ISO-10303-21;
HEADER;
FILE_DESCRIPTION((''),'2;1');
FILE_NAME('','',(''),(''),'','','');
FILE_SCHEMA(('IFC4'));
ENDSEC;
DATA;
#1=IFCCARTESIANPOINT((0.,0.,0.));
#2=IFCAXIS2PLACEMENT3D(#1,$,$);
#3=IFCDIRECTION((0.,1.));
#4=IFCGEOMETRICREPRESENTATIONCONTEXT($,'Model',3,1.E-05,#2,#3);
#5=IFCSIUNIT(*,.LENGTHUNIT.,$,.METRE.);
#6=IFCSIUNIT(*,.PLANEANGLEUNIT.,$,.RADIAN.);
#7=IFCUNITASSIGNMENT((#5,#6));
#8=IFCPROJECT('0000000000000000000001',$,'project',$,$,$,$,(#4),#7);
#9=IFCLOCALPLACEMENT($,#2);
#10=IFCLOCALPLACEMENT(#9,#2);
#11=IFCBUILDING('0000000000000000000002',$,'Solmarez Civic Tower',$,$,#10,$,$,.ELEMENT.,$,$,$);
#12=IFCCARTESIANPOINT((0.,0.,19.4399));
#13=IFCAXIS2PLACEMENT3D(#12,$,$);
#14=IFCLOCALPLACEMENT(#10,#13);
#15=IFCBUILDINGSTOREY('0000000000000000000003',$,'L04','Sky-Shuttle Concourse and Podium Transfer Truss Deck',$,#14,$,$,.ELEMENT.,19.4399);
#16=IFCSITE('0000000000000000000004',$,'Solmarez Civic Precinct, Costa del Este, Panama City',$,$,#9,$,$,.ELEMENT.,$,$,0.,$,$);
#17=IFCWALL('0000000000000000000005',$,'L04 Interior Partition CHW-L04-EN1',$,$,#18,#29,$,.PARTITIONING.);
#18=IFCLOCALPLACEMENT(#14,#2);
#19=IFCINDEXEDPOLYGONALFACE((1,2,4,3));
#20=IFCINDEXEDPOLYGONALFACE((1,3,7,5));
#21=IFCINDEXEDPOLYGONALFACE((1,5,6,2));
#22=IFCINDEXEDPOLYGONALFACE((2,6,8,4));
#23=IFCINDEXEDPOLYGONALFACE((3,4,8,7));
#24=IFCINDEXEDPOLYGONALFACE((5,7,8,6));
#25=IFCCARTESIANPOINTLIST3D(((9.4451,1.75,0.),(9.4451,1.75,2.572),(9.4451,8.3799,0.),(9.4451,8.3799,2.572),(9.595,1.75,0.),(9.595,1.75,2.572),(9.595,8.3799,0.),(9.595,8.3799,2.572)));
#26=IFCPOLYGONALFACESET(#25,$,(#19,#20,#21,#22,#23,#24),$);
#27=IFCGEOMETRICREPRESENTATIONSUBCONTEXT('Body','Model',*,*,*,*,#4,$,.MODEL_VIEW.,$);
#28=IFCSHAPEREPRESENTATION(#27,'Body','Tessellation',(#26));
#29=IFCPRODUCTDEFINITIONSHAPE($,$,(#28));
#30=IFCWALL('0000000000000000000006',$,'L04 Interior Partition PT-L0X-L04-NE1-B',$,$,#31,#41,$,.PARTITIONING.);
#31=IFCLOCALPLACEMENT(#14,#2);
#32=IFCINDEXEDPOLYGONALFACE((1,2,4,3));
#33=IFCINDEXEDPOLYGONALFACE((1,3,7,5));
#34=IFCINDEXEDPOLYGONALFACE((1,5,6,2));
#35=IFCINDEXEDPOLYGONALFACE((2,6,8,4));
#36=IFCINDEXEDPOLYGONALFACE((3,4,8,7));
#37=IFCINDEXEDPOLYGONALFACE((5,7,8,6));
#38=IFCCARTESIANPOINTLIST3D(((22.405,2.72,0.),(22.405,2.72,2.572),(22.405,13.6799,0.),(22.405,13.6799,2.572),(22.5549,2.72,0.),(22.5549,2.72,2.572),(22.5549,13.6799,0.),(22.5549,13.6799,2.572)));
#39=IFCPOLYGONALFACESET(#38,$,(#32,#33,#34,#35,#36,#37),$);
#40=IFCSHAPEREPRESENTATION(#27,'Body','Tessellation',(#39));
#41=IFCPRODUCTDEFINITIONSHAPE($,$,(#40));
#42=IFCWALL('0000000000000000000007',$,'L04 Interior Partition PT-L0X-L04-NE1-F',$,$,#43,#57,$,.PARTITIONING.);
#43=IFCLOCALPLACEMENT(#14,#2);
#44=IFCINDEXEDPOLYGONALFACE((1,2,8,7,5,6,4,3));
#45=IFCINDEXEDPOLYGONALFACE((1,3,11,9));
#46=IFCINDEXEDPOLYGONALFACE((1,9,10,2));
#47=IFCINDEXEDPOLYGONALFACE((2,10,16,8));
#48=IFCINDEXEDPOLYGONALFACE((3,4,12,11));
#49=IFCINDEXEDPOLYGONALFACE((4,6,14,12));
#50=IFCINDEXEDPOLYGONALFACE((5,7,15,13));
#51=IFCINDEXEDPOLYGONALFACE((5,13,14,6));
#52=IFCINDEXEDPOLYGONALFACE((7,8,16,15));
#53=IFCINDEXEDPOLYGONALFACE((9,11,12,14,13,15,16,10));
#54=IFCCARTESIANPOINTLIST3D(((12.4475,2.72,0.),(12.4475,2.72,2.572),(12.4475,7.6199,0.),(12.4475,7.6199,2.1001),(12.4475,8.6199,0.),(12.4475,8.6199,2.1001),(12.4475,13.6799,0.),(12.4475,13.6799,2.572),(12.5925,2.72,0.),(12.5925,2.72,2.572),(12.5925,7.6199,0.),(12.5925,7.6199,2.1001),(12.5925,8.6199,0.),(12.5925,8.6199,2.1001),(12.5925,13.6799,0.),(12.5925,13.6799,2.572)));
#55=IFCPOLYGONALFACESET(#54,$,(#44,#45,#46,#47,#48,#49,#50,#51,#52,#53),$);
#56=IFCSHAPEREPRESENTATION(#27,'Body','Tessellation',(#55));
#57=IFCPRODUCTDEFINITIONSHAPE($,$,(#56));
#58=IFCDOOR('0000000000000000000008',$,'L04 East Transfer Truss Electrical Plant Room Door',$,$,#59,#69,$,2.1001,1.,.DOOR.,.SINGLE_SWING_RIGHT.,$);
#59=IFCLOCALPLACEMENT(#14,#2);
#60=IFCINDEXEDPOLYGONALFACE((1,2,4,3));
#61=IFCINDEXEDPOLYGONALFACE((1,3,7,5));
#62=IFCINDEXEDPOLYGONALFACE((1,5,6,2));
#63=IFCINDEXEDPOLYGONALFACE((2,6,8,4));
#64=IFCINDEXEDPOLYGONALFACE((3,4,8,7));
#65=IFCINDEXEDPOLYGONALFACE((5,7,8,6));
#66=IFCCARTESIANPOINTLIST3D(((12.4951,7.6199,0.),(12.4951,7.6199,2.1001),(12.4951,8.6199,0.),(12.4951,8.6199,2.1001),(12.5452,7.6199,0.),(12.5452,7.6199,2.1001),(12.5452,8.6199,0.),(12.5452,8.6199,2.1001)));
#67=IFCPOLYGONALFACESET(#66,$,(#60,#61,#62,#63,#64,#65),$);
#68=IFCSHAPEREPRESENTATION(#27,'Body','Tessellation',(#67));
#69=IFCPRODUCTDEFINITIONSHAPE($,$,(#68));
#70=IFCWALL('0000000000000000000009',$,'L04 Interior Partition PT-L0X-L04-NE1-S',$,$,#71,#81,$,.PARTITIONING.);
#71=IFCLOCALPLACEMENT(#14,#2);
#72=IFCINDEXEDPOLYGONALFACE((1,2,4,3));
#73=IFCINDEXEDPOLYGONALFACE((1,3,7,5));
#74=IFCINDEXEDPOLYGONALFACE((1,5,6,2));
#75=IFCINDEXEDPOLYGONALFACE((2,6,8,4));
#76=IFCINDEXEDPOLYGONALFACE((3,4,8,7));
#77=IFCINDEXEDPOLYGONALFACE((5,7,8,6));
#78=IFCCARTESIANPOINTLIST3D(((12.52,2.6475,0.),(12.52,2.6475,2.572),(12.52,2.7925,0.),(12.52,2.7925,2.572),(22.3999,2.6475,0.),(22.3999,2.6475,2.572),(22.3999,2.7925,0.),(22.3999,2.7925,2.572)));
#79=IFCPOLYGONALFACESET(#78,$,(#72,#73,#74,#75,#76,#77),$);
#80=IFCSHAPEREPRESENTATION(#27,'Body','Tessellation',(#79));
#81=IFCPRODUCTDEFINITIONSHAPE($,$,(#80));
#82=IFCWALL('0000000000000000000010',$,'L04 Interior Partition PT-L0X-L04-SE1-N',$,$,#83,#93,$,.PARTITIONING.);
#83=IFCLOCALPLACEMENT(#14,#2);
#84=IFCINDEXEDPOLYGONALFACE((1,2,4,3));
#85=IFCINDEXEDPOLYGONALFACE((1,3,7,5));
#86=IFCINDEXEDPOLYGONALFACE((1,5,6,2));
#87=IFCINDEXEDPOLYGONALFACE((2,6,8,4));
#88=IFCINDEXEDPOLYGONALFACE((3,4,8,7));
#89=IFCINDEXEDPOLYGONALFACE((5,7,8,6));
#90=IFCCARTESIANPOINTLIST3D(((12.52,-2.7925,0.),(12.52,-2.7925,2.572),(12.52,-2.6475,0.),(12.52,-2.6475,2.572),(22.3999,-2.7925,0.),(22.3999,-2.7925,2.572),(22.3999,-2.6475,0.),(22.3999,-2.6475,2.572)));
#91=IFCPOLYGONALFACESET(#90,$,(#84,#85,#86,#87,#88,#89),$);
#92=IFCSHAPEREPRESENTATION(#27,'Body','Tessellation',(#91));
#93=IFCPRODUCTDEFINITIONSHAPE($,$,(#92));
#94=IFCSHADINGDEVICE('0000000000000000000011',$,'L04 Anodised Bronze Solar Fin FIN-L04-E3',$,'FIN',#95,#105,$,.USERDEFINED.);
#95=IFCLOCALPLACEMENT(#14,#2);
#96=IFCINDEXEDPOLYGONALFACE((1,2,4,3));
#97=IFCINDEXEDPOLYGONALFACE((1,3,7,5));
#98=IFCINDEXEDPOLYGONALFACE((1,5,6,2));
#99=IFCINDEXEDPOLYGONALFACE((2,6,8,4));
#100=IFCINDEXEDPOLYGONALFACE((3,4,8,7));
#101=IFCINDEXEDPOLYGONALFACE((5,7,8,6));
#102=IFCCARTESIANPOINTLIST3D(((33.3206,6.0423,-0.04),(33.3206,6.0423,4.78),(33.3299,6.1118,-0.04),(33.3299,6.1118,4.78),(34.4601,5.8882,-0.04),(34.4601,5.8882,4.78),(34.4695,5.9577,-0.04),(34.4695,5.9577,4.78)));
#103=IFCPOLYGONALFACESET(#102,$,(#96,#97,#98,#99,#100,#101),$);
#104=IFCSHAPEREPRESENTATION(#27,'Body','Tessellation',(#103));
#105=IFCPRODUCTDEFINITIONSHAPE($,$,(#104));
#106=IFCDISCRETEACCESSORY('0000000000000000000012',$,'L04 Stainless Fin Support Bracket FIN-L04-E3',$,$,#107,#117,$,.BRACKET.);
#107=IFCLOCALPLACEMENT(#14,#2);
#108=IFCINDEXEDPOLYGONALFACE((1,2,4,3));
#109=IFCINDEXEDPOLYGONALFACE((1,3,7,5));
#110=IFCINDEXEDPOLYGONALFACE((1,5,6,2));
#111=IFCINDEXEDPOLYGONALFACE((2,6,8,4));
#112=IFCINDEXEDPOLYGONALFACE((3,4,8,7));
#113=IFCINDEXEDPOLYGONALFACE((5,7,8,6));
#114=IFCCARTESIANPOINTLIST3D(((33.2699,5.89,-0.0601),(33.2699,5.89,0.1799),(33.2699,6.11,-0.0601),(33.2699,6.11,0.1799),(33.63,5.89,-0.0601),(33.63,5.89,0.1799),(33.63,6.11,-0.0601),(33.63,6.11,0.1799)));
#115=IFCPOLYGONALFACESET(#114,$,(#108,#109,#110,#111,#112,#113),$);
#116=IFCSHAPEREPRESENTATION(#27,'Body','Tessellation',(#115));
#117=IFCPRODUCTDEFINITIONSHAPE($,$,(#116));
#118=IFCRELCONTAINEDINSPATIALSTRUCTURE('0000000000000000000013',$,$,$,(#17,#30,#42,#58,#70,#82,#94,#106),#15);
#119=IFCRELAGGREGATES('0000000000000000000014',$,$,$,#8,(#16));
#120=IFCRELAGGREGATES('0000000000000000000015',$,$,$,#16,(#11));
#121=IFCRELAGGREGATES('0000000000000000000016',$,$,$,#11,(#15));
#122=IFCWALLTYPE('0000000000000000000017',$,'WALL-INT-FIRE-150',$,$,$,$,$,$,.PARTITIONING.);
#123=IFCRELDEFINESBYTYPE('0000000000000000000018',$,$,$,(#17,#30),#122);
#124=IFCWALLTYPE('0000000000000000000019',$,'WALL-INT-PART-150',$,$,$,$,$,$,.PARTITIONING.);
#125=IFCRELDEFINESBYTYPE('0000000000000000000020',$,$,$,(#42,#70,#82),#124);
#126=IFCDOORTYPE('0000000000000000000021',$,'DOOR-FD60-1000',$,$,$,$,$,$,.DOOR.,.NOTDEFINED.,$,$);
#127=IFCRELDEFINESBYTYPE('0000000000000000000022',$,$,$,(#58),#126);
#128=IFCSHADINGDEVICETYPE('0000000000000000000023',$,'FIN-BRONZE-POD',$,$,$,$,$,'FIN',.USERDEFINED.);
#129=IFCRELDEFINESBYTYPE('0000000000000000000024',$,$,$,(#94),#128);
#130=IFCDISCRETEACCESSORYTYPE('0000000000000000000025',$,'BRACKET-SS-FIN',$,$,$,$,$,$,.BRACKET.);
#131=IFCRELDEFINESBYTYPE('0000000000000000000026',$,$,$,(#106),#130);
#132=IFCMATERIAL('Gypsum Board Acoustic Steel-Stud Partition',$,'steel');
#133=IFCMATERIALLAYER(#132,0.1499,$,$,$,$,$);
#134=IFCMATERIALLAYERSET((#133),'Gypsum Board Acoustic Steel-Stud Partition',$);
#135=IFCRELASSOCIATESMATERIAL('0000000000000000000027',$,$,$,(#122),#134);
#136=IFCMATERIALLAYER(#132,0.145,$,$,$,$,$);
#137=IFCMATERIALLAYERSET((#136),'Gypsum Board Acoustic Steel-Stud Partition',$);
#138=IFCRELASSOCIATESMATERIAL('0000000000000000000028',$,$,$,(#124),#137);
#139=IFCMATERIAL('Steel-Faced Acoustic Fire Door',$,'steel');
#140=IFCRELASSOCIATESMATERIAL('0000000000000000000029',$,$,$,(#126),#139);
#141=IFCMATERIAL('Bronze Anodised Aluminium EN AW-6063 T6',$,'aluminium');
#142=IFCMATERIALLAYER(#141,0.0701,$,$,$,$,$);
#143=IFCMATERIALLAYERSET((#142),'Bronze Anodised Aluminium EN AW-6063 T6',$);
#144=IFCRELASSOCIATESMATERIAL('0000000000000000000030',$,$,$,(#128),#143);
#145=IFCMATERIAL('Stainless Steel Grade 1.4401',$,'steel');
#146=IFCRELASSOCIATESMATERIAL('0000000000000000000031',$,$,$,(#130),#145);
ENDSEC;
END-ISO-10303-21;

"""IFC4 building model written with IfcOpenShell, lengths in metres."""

from ifc_helpers import new_model, si_unit, direction, frame, frame_2d, origin, origin_2d, place, context, subcontext, project, spatial, rectangle, extrude, material, layer, layer_set, type_object, element, fill, save


model = new_model("IFC4")

# Units and contexts
model_context = context("Model", 3, precision=1e-05, world=origin(), true_north=direction((0.0, 1.0)))
body_context = subcontext(model_context, "Body", "Model", "MODEL_VIEW")
ifc_project = project(units=[si_unit("LENGTHUNIT", "METRE"), si_unit("PLANEANGLEUNIT", "RADIAN")], contexts=[model_context])

# Site, building, storey
site_placement = place(None, origin())
site = spatial("IfcSite", under=ifc_project, at=site_placement, Name="Solmarez Civic Precinct, Costa del Este, Panama City", CompositionType="ELEMENT", RefElevation=0.0)
building_placement = place(site_placement, origin())
building = spatial("IfcBuilding", under=site, at=building_placement, Name="Solmarez Civic Tower", CompositionType="ELEMENT")
storey_placement = place(building_placement, frame((0.0, 0.0, 19.4399)))
storey = spatial("IfcBuildingStorey", under=building, at=storey_placement, Name="L04", Description="Sky-Shuttle Concourse and Podium Transfer Truss Deck", CompositionType="ELEMENT", Elevation=19.4399)

# Walls
ifc_material_1 = material(Name="Gypsum Board Acoustic Steel-Stud Partition", Category="steel")
ifc_layer_1 = layer(ifc_material_1, 0.1499)
ifc_layer_set_1 = layer_set([ifc_layer_1], Name="Gypsum Board Acoustic Steel-Stud Partition")
wall_type_1 = type_object("IfcWallType", Name="WALL-INT-FIRE-150", PredefinedType="PARTITIONING", material=ifc_layer_set_1)
wall_1_placement = place(storey_placement, frame((9.52, 1.75, 0.0), z_axis=(0.0, 0.0, 1.0), x_axis=(0.0, 1.0, 0.0)))
element("IfcWall", 1, at=wall_1_placement, inside=storey, type_object=wall_type_1, Name="L04 Interior Partition CHW-L04-EN1", PredefinedType="PARTITIONING", context=body_context, shape_type="SweptSolid", body=[
    extrude(rectangle(XDim=6.6299, YDim=0.1499, at=frame_2d((3.3149, 0.0))), origin(), (0.0, 0.0, 1.0), 2.572),
])
wall_2_placement = place(storey_placement, frame((22.48, 2.72, 0.0), z_axis=(0.0, 0.0, 1.0), x_axis=(0.0, 1.0, 0.0)))
element("IfcWall", 2, at=wall_2_placement, inside=storey, type_object=wall_type_1, Name="L04 Interior Partition PT-L0X-L04-NE1-B", PredefinedType="PARTITIONING", context=body_context, shape_type="SweptSolid", body=[
    extrude(rectangle(XDim=10.96, YDim=0.1499, at=frame_2d((5.48, 0.0))), origin(), (0.0, 0.0, 1.0), 2.572),
])

# Wall, opening, door
ifc_layer_2 = layer(ifc_material_1, 0.145)
ifc_layer_set_2 = layer_set([ifc_layer_2], Name="Gypsum Board Acoustic Steel-Stud Partition")
wall_type_2 = type_object("IfcWallType", Name="WALL-INT-PART-150", PredefinedType="PARTITIONING", material=ifc_layer_set_2)
wall_3_placement = place(storey_placement, frame((12.52, 2.72, 0.0), z_axis=(0.0, 0.0, 1.0), x_axis=(0.0, 1.0, 0.0)))
wall_3 = element("IfcWall", 3, at=wall_3_placement, inside=storey, type_object=wall_type_2, Name="L04 Interior Partition PT-L0X-L04-NE1-F", PredefinedType="PARTITIONING", context=body_context, shape_type="SweptSolid", body=[
    extrude(rectangle(XDim=10.96, YDim=0.145, at=frame_2d((5.48, 0.0))), origin(), (0.0, 0.0, 1.0), 2.572),
])
opening_placement = place(wall_3_placement, frame((4.8999, 0.0, 0.0)))
opening = element("IfcOpeningElement", 4, at=opening_placement, cuts=wall_3, PredefinedType="OPENING", context=body_context, shape_type="SweptSolid", body=[
    extrude(rectangle(XDim=1.0, YDim=2.1001, at=frame_2d((0.5, 1.05))), frame((0.0, 0.0825, 0.0), z_axis=(0.0, -1.0, 0.0), x_axis=(1.0, 0.0, 0.0)), (0.0, 0.0, 1.0), 0.165),
])
ifc_material_2 = material(Name="Steel-Faced Acoustic Fire Door", Category="steel")
door_type = type_object("IfcDoorType", Name="DOOR-FD60-1000", OperationType="NOTDEFINED", PredefinedType="DOOR", material=ifc_material_2)
door_placement = place(opening_placement, origin())
door = element("IfcDoor", 5, at=door_placement, inside=storey, type_object=door_type, Name="L04 East Transfer Truss Electrical Plant Room Door", OperationType="SINGLE_SWING_RIGHT", OverallHeight=2.1001, OverallWidth=1.0, PredefinedType="DOOR", context=body_context, shape_type="SweptSolid", body=[
    extrude(rectangle(XDim=1.0, YDim=2.1001, at=frame_2d((0.5, 1.05))), frame((0.0, 0.0249, 0.0), z_axis=(0.0, -1.0, 0.0), x_axis=(1.0, 0.0, 0.0)), (0.0, 0.0, 1.0), 0.05),
])
fill(opening, door)

# Walls
for number, where, z_axis, x_axis, name in (
    (6, (12.52, 2.72, 0.0), (0.0, 0.0, 1.0), (1.0, 0.0, 0.0), "L04 Interior Partition PT-L0X-L04-NE1-S"),
    (7, (12.52, -2.72, 0.0), (0.0, 0.0, 1.0), (1.0, 0.0, 0.0), "L04 Interior Partition PT-L0X-L04-SE1-N"),
):
    element("IfcWall", number, at=place(storey_placement, frame(where, z_axis=z_axis, x_axis=x_axis)), inside=storey, type_object=wall_type_2, Name=name, PredefinedType="PARTITIONING", context=body_context, shape_type="SweptSolid", body=[
        extrude(rectangle(XDim=9.8799, YDim=0.145, at=frame_2d((4.9399, 0.0))), origin(), (0.0, 0.0, 1.0), 2.572),
    ])

# Shading device
ifc_material_3 = material(Name="Bronze Anodised Aluminium EN AW-6063 T6", Category="aluminium")
ifc_layer_3 = layer(ifc_material_3, 0.0701)
ifc_layer_set_3 = layer_set([ifc_layer_3], Name="Bronze Anodised Aluminium EN AW-6063 T6")
shading_device_type = type_object("IfcShadingDeviceType", Name="FIN-BRONZE-POD", ElementType="FIN", PredefinedType="USERDEFINED", material=ifc_layer_set_3)
shading_device_placement = place(storey_placement, frame((33.895, 6.0, -0.04), z_axis=(0.0, 0.0, 1.0), x_axis=(0.990983, -0.133986, 0.0)))
element("IfcShadingDevice", 8, at=shading_device_placement, inside=storey, type_object=shading_device_type, Name="L04 Anodised Bronze Solar Fin FIN-L04-E3", ObjectType="FIN", PredefinedType="USERDEFINED", context=body_context, shape_type="SweptSolid", body=[
    extrude(rectangle(XDim=1.1499, YDim=0.0701, at=origin_2d()), origin(), (0.0, 0.0, 1.0), 4.8201),
])

# Discrete accessory
ifc_material_4 = material(Name="Stainless Steel Grade 1.4401", Category="steel")
discrete_accessory_type = type_object("IfcDiscreteAccessoryType", Name="BRACKET-SS-FIN", PredefinedType="BRACKET", material=ifc_material_4)
discrete_accessory_placement = place(storey_placement, frame((33.45, 6.0, -0.0601), z_axis=(0.0, 0.0, 1.0), x_axis=(1.0, 0.0, 0.0)))
element("IfcDiscreteAccessory", 9, at=discrete_accessory_placement, inside=storey, type_object=discrete_accessory_type, Name="L04 Stainless Fin Support Bracket FIN-L04-E3", PredefinedType="BRACKET", context=body_context, shape_type="SweptSolid", body=[
    extrude(rectangle(XDim=0.3601, YDim=0.22, at=origin_2d()), origin(), (0.0, 0.0, 1.0), 0.24),
])

save(model, "model.ifc")
